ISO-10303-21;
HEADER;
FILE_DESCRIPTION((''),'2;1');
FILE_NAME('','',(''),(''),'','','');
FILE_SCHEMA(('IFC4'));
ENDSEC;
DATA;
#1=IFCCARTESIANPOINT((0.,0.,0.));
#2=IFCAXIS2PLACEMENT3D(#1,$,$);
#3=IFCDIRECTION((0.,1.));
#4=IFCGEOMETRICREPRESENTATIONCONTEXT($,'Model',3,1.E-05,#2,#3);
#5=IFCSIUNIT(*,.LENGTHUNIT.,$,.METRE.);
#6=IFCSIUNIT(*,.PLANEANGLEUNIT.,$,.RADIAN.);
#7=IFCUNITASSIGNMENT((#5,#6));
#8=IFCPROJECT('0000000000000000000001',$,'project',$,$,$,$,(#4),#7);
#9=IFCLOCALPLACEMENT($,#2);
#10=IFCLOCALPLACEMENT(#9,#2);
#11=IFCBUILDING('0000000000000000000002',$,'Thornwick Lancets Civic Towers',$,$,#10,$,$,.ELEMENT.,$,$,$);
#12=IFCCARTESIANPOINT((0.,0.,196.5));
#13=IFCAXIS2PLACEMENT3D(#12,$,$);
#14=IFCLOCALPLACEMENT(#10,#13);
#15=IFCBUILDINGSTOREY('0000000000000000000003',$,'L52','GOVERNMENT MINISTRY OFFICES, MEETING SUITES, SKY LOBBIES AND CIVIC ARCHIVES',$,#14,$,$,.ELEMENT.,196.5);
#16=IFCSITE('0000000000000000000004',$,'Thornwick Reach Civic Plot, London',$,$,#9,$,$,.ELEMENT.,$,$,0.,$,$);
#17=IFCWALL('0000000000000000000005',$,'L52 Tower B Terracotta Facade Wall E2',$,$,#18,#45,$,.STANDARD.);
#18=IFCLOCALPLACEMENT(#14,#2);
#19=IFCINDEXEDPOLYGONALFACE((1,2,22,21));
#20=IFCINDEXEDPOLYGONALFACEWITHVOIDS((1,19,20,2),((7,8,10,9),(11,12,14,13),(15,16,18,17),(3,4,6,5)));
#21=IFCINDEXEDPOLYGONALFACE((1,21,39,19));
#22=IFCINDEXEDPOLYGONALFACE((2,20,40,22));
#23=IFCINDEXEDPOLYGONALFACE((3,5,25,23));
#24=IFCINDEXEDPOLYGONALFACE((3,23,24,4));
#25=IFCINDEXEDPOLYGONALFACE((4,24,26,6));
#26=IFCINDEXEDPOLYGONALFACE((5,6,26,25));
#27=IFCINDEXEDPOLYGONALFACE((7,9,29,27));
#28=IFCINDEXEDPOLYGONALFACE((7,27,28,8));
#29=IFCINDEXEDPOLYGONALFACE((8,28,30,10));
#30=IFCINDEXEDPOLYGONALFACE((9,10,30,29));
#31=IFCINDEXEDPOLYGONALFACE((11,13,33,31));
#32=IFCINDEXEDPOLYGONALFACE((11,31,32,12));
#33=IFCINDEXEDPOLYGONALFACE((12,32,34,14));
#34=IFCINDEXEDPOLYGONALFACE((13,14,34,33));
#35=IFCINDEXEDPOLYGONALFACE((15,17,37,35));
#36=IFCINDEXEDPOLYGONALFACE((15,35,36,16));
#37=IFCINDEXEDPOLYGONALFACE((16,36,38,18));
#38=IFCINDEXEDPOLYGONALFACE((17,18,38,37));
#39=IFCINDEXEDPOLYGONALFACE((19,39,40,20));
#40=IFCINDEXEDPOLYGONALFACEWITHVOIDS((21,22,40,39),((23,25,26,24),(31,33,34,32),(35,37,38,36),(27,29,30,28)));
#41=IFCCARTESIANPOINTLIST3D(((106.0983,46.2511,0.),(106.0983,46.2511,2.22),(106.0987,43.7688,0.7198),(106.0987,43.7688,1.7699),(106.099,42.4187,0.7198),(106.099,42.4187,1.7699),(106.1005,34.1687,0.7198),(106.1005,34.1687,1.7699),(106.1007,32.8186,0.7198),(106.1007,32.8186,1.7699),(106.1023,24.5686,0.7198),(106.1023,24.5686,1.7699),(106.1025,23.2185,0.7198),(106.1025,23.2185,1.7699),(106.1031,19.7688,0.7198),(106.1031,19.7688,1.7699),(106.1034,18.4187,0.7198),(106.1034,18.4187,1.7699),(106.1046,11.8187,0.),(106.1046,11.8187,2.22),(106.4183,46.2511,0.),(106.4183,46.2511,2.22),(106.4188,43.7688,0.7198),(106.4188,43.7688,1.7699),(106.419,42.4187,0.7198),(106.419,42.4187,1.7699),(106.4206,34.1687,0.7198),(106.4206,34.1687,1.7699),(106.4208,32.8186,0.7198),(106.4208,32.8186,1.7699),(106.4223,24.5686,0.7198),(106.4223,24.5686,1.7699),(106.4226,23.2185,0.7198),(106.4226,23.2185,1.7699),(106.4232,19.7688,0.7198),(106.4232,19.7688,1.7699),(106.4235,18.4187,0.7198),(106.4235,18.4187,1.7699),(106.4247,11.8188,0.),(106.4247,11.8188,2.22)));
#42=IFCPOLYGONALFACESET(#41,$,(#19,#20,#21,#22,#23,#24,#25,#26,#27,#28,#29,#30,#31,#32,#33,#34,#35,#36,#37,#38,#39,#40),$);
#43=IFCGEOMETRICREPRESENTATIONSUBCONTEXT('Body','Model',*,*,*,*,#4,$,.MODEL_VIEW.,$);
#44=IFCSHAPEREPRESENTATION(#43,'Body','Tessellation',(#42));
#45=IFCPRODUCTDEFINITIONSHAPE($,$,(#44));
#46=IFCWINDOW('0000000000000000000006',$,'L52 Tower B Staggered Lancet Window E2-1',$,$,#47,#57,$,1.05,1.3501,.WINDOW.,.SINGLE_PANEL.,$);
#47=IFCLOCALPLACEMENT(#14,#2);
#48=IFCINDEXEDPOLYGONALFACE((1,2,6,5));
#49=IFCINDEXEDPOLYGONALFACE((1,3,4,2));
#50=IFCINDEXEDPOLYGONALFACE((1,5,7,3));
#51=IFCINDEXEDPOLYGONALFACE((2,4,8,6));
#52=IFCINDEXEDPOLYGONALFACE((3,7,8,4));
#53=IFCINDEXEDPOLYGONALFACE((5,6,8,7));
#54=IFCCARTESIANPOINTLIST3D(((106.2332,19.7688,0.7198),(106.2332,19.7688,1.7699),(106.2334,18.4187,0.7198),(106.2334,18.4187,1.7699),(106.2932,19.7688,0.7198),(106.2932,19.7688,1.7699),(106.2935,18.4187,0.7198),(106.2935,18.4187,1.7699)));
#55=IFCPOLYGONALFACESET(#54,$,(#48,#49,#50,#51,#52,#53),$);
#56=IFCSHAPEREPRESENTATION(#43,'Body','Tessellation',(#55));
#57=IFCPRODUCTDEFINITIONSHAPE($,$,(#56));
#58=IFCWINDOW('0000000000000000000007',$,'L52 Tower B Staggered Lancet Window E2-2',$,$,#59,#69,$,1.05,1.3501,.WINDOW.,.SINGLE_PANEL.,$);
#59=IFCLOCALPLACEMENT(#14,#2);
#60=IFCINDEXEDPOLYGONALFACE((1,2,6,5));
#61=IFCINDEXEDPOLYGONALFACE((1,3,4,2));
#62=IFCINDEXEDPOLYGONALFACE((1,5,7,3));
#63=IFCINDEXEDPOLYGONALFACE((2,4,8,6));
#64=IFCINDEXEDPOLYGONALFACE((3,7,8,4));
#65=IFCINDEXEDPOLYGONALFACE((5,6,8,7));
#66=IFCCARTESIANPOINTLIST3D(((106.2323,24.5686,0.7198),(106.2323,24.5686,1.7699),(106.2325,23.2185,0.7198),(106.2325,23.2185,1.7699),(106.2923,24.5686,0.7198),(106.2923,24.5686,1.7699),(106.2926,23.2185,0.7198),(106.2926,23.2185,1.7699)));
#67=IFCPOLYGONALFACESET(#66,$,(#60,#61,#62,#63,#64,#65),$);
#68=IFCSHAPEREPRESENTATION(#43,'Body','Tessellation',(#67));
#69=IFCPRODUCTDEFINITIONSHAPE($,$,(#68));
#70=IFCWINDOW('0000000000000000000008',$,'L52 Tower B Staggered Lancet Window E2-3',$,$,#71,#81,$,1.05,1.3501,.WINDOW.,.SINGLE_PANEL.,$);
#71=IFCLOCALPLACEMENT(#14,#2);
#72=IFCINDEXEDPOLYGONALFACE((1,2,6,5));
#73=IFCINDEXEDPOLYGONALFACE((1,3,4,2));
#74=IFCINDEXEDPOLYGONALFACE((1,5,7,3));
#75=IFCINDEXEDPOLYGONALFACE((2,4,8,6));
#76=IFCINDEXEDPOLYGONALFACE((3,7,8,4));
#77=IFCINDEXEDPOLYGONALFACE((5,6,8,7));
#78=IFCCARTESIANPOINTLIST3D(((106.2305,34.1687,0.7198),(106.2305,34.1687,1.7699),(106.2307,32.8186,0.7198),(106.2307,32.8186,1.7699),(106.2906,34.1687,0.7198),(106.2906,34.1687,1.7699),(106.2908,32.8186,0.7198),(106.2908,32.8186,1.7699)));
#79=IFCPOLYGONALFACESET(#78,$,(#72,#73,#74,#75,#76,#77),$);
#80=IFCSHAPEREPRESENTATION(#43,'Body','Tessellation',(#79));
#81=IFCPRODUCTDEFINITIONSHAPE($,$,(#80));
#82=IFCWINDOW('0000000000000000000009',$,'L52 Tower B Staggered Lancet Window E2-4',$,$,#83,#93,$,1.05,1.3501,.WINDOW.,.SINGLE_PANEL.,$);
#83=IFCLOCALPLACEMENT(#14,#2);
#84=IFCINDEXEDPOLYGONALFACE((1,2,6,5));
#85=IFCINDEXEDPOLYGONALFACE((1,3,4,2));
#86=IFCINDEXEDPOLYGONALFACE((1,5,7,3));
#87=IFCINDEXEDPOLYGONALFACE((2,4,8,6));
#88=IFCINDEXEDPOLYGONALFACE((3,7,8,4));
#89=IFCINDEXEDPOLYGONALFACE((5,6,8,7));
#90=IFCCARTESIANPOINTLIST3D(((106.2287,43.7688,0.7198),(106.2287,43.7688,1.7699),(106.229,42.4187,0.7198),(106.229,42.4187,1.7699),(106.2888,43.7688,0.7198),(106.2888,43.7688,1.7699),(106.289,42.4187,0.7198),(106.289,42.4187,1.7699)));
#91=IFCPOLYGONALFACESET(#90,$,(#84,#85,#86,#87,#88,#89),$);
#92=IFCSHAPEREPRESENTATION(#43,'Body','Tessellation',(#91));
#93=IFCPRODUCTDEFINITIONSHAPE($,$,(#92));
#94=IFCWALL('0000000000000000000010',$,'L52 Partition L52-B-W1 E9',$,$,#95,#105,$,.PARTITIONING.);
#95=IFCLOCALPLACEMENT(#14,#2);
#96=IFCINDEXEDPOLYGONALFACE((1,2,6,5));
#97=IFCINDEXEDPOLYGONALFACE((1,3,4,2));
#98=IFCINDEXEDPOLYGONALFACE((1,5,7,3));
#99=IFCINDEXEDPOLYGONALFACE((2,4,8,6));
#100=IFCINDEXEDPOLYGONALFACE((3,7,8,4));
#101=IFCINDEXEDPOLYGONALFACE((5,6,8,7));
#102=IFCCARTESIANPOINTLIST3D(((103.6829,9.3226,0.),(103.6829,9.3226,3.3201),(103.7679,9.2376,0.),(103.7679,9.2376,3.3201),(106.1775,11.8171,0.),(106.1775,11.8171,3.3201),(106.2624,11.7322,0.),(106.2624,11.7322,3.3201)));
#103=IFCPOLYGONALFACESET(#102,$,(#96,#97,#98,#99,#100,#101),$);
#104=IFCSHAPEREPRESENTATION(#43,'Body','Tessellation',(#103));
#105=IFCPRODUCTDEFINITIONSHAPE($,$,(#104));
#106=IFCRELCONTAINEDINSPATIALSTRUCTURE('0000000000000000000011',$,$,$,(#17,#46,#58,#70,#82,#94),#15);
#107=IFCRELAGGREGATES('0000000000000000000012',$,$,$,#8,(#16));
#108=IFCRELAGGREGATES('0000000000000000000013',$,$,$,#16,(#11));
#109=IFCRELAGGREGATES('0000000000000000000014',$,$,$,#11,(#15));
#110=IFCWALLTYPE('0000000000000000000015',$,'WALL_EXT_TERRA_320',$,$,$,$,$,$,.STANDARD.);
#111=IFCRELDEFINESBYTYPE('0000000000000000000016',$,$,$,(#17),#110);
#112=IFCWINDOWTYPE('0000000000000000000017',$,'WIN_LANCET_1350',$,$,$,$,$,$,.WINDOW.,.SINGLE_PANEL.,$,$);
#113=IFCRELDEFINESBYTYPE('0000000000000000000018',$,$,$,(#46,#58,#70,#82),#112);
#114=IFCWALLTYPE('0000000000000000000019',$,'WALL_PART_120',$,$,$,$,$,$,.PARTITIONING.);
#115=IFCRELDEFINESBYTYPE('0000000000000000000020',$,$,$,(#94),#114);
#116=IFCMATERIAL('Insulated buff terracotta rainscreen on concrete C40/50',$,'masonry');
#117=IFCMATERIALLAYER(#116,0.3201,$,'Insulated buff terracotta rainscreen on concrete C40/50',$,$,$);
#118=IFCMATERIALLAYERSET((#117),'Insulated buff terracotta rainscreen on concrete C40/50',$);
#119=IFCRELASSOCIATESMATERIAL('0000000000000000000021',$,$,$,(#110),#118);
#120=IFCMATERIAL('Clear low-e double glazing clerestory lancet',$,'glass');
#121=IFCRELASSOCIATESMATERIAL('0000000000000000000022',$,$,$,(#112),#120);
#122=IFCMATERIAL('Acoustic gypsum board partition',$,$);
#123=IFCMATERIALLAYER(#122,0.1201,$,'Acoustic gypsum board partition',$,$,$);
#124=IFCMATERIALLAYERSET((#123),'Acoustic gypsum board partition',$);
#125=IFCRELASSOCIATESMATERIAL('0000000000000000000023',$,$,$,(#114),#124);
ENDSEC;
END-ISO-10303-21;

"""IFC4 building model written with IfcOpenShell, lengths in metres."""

from ifc_helpers import new_model, si_unit, direction, frame, frame_2d, origin, place, context, subcontext, project, spatial, rectangle, extrude, material, layer, layer_set, type_object, element, fill, save


model = new_model("IFC4")

# Units and contexts
model_context = context("Model", 3, precision=1e-05, world=origin(), true_north=direction((0.0, 1.0)))
body_context = subcontext(model_context, "Body", "Model", "MODEL_VIEW")
ifc_project = project(units=[si_unit("LENGTHUNIT", "METRE"), si_unit("PLANEANGLEUNIT", "RADIAN")], contexts=[model_context])

# Site, building, storey
site_placement = place(None, origin())
site = spatial("IfcSite", under=ifc_project, at=site_placement, Name="Thornwick Reach Civic Plot, London", CompositionType="ELEMENT", RefElevation=0.0)
building_placement = place(site_placement, origin())
building = spatial("IfcBuilding", under=site, at=building_placement, Name="Thornwick Lancets Civic Towers", CompositionType="ELEMENT")
storey_placement = place(building_placement, frame((0.0, 0.0, 196.5)))
storey = spatial("IfcBuildingStorey", under=building, at=storey_placement, Name="L52", Description="GOVERNMENT MINISTRY OFFICES, MEETING SUITES, SKY LOBBIES AND CIVIC ARCHIVES", CompositionType="ELEMENT", Elevation=196.5)

# Wall, openings, windows
ifc_material_1 = material(Name="Insulated buff terracotta rainscreen on concrete C40/50", Category="masonry")
ifc_layer_1 = layer(ifc_material_1, 0.3201, Name="Insulated buff terracotta rainscreen on concrete C40/50")
ifc_layer_set_1 = layer_set([ifc_layer_1], Name="Insulated buff terracotta rainscreen on concrete C40/50")
wall_type_1 = type_object("IfcWallType", Name="WALL_EXT_TERRA_320", PredefinedType="STANDARD", material=ifc_layer_set_1)
wall_1_placement = place(storey_placement, frame((106.2646, 11.8186, 0.0), z_axis=(0.0, 0.0, 1.0), x_axis=(-0.000184, 1.0, 0.0)))
wall_1 = element("IfcWall", 1, at=wall_1_placement, inside=storey, type_object=wall_type_1, Name="L52 Tower B Terracotta Facade Wall E2", PredefinedType="STANDARD", context=body_context, shape_type="SweptSolid", body=[
    extrude(rectangle(XDim=34.4324, YDim=0.3201, at=frame_2d((17.2163, 0.0))), origin(), (0.0, 0.0, 1.0), 2.22),
])
opening_1_placement = place(wall_1_placement, frame((6.6001, 0.0, 0.72)))
opening_1 = element("IfcOpeningElement", 2, at=opening_1_placement, cuts=wall_1, PredefinedType="OPENING", context=body_context, shape_type="SweptSolid", body=[
    extrude(rectangle(XDim=1.3501, YDim=1.05, at=frame_2d((0.675, 0.5249))), frame((0.0, 0.1699, 0.0), z_axis=(0.0, -1.0, 0.0), x_axis=(1.0, 0.0, 0.0)), (0.0, 0.0, 1.0), 0.3401),
])
opening_2_placement = place(wall_1_placement, frame((11.3999, 0.0, 0.72)))
opening_2 = element("IfcOpeningElement", 3, at=opening_2_placement, cuts=wall_1, PredefinedType="OPENING", context=body_context, shape_type="SweptSolid", body=[
    extrude(rectangle(XDim=1.3501, YDim=1.05, at=frame_2d((0.675, 0.5249))), frame((0.0, 0.1699, 0.0), z_axis=(0.0, -1.0, 0.0), x_axis=(1.0, 0.0, 0.0)), (0.0, 0.0, 1.0), 0.3401),
])
opening_3_placement = place(wall_1_placement, frame((21.0, 0.0, 0.72)))
opening_3 = element("IfcOpeningElement", 4, at=opening_3_placement, cuts=wall_1, PredefinedType="OPENING", context=body_context, shape_type="SweptSolid", body=[
    extrude(rectangle(XDim=1.3501, YDim=1.05, at=frame_2d((0.675, 0.5249))), frame((0.0, 0.1699, 0.0), z_axis=(0.0, -1.0, 0.0), x_axis=(1.0, 0.0, 0.0)), (0.0, 0.0, 1.0), 0.3401),
])
opening_4_placement = place(wall_1_placement, frame((30.6001, 0.0, 0.72)))
opening_4 = element("IfcOpeningElement", 5, at=opening_4_placement, cuts=wall_1, PredefinedType="OPENING", context=body_context, shape_type="SweptSolid", body=[
    extrude(rectangle(XDim=1.3501, YDim=1.05, at=frame_2d((0.675, 0.5249))), frame((0.0, 0.1699, 0.0), z_axis=(0.0, -1.0, 0.0), x_axis=(1.0, 0.0, 0.0)), (0.0, 0.0, 1.0), 0.3401),
])
ifc_material_2 = material(Name="Clear low-e double glazing clerestory lancet", Category="glass")
window_type = type_object("IfcWindowType", Name="WIN_LANCET_1350", PartitioningType="SINGLE_PANEL", PredefinedType="WINDOW", material=ifc_material_2)
window_1_placement = place(opening_1_placement, origin())
window_1 = element("IfcWindow", 6, at=window_1_placement, inside=storey, type_object=window_type, Name="L52 Tower B Staggered Lancet Window E2-1", OverallHeight=1.05, OverallWidth=1.3501, PartitioningType="SINGLE_PANEL", PredefinedType="WINDOW", context=body_context, shape_type="SweptSolid", body=[
    extrude(rectangle(XDim=1.3501, YDim=1.05, at=frame_2d((0.675, 0.5249))), frame((0.0, 0.03, 0.0), z_axis=(0.0, -1.0, 0.0), x_axis=(1.0, 0.0, 0.0)), (0.0, 0.0, 1.0), 0.0601),
])
fill(opening_1, window_1)
window_2_placement = place(opening_2_placement, origin())
window_2 = element("IfcWindow", 7, at=window_2_placement, inside=storey, type_object=window_type, Name="L52 Tower B Staggered Lancet Window E2-2", OverallHeight=1.05, OverallWidth=1.3501, PartitioningType="SINGLE_PANEL", PredefinedType="WINDOW", context=body_context, shape_type="SweptSolid", body=[
    extrude(rectangle(XDim=1.3501, YDim=1.05, at=frame_2d((0.675, 0.5249))), frame((0.0, 0.03, 0.0), z_axis=(0.0, -1.0, 0.0), x_axis=(1.0, 0.0, 0.0)), (0.0, 0.0, 1.0), 0.0601),
])
fill(opening_2, window_2)
window_3_placement = place(opening_3_placement, origin())
window_3 = element("IfcWindow", 8, at=window_3_placement, inside=storey, type_object=window_type, Name="L52 Tower B Staggered Lancet Window E2-3", OverallHeight=1.05, OverallWidth=1.3501, PartitioningType="SINGLE_PANEL", PredefinedType="WINDOW", context=body_context, shape_type="SweptSolid", body=[
    extrude(rectangle(XDim=1.3501, YDim=1.05, at=frame_2d((0.675, 0.5249))), frame((0.0, 0.03, 0.0), z_axis=(0.0, -1.0, 0.0), x_axis=(1.0, 0.0, 0.0)), (0.0, 0.0, 1.0), 0.0601),
])
fill(opening_3, window_3)
window_4_placement = place(opening_4_placement, origin())
window_4 = element("IfcWindow", 9, at=window_4_placement, inside=storey, type_object=window_type, Name="L52 Tower B Staggered Lancet Window E2-4", OverallHeight=1.05, OverallWidth=1.3501, PartitioningType="SINGLE_PANEL", PredefinedType="WINDOW", context=body_context, shape_type="SweptSolid", body=[
    extrude(rectangle(XDim=1.3501, YDim=1.05, at=frame_2d((0.675, 0.5249))), frame((0.0, 0.03, 0.0), z_axis=(0.0, -1.0, 0.0), x_axis=(1.0, 0.0, 0.0)), (0.0, 0.0, 1.0), 0.0601),
])
fill(opening_4, window_4)

# Wall
ifc_material_3 = material(Name="Acoustic gypsum board partition")
ifc_layer_2 = layer(ifc_material_3, 0.1201, Name="Acoustic gypsum board partition")
ifc_layer_set_2 = layer_set([ifc_layer_2], Name="Acoustic gypsum board partition")
wall_type_2 = type_object("IfcWallType", Name="WALL_PART_120", PredefinedType="PARTITIONING", material=ifc_layer_set_2)
wall_2_placement = place(storey_placement, frame((106.22, 11.7747, 0.0), z_axis=(0.0, 0.0, 1.0), x_axis=(-0.707107, -0.707107, 0.0)))
element("IfcWall", 10, at=wall_2_placement, inside=storey, type_object=wall_type_2, Name="L52 Partition L52-B-W1 E9", PredefinedType="PARTITIONING", context=body_context, shape_type="SweptSolid", body=[
    extrude(rectangle(XDim=3.5278, YDim=0.1201, at=frame_2d((1.7639, 0.0))), origin(), (0.0, 0.0, 1.0), 3.3201),
])

save(model, "model.ifc")
